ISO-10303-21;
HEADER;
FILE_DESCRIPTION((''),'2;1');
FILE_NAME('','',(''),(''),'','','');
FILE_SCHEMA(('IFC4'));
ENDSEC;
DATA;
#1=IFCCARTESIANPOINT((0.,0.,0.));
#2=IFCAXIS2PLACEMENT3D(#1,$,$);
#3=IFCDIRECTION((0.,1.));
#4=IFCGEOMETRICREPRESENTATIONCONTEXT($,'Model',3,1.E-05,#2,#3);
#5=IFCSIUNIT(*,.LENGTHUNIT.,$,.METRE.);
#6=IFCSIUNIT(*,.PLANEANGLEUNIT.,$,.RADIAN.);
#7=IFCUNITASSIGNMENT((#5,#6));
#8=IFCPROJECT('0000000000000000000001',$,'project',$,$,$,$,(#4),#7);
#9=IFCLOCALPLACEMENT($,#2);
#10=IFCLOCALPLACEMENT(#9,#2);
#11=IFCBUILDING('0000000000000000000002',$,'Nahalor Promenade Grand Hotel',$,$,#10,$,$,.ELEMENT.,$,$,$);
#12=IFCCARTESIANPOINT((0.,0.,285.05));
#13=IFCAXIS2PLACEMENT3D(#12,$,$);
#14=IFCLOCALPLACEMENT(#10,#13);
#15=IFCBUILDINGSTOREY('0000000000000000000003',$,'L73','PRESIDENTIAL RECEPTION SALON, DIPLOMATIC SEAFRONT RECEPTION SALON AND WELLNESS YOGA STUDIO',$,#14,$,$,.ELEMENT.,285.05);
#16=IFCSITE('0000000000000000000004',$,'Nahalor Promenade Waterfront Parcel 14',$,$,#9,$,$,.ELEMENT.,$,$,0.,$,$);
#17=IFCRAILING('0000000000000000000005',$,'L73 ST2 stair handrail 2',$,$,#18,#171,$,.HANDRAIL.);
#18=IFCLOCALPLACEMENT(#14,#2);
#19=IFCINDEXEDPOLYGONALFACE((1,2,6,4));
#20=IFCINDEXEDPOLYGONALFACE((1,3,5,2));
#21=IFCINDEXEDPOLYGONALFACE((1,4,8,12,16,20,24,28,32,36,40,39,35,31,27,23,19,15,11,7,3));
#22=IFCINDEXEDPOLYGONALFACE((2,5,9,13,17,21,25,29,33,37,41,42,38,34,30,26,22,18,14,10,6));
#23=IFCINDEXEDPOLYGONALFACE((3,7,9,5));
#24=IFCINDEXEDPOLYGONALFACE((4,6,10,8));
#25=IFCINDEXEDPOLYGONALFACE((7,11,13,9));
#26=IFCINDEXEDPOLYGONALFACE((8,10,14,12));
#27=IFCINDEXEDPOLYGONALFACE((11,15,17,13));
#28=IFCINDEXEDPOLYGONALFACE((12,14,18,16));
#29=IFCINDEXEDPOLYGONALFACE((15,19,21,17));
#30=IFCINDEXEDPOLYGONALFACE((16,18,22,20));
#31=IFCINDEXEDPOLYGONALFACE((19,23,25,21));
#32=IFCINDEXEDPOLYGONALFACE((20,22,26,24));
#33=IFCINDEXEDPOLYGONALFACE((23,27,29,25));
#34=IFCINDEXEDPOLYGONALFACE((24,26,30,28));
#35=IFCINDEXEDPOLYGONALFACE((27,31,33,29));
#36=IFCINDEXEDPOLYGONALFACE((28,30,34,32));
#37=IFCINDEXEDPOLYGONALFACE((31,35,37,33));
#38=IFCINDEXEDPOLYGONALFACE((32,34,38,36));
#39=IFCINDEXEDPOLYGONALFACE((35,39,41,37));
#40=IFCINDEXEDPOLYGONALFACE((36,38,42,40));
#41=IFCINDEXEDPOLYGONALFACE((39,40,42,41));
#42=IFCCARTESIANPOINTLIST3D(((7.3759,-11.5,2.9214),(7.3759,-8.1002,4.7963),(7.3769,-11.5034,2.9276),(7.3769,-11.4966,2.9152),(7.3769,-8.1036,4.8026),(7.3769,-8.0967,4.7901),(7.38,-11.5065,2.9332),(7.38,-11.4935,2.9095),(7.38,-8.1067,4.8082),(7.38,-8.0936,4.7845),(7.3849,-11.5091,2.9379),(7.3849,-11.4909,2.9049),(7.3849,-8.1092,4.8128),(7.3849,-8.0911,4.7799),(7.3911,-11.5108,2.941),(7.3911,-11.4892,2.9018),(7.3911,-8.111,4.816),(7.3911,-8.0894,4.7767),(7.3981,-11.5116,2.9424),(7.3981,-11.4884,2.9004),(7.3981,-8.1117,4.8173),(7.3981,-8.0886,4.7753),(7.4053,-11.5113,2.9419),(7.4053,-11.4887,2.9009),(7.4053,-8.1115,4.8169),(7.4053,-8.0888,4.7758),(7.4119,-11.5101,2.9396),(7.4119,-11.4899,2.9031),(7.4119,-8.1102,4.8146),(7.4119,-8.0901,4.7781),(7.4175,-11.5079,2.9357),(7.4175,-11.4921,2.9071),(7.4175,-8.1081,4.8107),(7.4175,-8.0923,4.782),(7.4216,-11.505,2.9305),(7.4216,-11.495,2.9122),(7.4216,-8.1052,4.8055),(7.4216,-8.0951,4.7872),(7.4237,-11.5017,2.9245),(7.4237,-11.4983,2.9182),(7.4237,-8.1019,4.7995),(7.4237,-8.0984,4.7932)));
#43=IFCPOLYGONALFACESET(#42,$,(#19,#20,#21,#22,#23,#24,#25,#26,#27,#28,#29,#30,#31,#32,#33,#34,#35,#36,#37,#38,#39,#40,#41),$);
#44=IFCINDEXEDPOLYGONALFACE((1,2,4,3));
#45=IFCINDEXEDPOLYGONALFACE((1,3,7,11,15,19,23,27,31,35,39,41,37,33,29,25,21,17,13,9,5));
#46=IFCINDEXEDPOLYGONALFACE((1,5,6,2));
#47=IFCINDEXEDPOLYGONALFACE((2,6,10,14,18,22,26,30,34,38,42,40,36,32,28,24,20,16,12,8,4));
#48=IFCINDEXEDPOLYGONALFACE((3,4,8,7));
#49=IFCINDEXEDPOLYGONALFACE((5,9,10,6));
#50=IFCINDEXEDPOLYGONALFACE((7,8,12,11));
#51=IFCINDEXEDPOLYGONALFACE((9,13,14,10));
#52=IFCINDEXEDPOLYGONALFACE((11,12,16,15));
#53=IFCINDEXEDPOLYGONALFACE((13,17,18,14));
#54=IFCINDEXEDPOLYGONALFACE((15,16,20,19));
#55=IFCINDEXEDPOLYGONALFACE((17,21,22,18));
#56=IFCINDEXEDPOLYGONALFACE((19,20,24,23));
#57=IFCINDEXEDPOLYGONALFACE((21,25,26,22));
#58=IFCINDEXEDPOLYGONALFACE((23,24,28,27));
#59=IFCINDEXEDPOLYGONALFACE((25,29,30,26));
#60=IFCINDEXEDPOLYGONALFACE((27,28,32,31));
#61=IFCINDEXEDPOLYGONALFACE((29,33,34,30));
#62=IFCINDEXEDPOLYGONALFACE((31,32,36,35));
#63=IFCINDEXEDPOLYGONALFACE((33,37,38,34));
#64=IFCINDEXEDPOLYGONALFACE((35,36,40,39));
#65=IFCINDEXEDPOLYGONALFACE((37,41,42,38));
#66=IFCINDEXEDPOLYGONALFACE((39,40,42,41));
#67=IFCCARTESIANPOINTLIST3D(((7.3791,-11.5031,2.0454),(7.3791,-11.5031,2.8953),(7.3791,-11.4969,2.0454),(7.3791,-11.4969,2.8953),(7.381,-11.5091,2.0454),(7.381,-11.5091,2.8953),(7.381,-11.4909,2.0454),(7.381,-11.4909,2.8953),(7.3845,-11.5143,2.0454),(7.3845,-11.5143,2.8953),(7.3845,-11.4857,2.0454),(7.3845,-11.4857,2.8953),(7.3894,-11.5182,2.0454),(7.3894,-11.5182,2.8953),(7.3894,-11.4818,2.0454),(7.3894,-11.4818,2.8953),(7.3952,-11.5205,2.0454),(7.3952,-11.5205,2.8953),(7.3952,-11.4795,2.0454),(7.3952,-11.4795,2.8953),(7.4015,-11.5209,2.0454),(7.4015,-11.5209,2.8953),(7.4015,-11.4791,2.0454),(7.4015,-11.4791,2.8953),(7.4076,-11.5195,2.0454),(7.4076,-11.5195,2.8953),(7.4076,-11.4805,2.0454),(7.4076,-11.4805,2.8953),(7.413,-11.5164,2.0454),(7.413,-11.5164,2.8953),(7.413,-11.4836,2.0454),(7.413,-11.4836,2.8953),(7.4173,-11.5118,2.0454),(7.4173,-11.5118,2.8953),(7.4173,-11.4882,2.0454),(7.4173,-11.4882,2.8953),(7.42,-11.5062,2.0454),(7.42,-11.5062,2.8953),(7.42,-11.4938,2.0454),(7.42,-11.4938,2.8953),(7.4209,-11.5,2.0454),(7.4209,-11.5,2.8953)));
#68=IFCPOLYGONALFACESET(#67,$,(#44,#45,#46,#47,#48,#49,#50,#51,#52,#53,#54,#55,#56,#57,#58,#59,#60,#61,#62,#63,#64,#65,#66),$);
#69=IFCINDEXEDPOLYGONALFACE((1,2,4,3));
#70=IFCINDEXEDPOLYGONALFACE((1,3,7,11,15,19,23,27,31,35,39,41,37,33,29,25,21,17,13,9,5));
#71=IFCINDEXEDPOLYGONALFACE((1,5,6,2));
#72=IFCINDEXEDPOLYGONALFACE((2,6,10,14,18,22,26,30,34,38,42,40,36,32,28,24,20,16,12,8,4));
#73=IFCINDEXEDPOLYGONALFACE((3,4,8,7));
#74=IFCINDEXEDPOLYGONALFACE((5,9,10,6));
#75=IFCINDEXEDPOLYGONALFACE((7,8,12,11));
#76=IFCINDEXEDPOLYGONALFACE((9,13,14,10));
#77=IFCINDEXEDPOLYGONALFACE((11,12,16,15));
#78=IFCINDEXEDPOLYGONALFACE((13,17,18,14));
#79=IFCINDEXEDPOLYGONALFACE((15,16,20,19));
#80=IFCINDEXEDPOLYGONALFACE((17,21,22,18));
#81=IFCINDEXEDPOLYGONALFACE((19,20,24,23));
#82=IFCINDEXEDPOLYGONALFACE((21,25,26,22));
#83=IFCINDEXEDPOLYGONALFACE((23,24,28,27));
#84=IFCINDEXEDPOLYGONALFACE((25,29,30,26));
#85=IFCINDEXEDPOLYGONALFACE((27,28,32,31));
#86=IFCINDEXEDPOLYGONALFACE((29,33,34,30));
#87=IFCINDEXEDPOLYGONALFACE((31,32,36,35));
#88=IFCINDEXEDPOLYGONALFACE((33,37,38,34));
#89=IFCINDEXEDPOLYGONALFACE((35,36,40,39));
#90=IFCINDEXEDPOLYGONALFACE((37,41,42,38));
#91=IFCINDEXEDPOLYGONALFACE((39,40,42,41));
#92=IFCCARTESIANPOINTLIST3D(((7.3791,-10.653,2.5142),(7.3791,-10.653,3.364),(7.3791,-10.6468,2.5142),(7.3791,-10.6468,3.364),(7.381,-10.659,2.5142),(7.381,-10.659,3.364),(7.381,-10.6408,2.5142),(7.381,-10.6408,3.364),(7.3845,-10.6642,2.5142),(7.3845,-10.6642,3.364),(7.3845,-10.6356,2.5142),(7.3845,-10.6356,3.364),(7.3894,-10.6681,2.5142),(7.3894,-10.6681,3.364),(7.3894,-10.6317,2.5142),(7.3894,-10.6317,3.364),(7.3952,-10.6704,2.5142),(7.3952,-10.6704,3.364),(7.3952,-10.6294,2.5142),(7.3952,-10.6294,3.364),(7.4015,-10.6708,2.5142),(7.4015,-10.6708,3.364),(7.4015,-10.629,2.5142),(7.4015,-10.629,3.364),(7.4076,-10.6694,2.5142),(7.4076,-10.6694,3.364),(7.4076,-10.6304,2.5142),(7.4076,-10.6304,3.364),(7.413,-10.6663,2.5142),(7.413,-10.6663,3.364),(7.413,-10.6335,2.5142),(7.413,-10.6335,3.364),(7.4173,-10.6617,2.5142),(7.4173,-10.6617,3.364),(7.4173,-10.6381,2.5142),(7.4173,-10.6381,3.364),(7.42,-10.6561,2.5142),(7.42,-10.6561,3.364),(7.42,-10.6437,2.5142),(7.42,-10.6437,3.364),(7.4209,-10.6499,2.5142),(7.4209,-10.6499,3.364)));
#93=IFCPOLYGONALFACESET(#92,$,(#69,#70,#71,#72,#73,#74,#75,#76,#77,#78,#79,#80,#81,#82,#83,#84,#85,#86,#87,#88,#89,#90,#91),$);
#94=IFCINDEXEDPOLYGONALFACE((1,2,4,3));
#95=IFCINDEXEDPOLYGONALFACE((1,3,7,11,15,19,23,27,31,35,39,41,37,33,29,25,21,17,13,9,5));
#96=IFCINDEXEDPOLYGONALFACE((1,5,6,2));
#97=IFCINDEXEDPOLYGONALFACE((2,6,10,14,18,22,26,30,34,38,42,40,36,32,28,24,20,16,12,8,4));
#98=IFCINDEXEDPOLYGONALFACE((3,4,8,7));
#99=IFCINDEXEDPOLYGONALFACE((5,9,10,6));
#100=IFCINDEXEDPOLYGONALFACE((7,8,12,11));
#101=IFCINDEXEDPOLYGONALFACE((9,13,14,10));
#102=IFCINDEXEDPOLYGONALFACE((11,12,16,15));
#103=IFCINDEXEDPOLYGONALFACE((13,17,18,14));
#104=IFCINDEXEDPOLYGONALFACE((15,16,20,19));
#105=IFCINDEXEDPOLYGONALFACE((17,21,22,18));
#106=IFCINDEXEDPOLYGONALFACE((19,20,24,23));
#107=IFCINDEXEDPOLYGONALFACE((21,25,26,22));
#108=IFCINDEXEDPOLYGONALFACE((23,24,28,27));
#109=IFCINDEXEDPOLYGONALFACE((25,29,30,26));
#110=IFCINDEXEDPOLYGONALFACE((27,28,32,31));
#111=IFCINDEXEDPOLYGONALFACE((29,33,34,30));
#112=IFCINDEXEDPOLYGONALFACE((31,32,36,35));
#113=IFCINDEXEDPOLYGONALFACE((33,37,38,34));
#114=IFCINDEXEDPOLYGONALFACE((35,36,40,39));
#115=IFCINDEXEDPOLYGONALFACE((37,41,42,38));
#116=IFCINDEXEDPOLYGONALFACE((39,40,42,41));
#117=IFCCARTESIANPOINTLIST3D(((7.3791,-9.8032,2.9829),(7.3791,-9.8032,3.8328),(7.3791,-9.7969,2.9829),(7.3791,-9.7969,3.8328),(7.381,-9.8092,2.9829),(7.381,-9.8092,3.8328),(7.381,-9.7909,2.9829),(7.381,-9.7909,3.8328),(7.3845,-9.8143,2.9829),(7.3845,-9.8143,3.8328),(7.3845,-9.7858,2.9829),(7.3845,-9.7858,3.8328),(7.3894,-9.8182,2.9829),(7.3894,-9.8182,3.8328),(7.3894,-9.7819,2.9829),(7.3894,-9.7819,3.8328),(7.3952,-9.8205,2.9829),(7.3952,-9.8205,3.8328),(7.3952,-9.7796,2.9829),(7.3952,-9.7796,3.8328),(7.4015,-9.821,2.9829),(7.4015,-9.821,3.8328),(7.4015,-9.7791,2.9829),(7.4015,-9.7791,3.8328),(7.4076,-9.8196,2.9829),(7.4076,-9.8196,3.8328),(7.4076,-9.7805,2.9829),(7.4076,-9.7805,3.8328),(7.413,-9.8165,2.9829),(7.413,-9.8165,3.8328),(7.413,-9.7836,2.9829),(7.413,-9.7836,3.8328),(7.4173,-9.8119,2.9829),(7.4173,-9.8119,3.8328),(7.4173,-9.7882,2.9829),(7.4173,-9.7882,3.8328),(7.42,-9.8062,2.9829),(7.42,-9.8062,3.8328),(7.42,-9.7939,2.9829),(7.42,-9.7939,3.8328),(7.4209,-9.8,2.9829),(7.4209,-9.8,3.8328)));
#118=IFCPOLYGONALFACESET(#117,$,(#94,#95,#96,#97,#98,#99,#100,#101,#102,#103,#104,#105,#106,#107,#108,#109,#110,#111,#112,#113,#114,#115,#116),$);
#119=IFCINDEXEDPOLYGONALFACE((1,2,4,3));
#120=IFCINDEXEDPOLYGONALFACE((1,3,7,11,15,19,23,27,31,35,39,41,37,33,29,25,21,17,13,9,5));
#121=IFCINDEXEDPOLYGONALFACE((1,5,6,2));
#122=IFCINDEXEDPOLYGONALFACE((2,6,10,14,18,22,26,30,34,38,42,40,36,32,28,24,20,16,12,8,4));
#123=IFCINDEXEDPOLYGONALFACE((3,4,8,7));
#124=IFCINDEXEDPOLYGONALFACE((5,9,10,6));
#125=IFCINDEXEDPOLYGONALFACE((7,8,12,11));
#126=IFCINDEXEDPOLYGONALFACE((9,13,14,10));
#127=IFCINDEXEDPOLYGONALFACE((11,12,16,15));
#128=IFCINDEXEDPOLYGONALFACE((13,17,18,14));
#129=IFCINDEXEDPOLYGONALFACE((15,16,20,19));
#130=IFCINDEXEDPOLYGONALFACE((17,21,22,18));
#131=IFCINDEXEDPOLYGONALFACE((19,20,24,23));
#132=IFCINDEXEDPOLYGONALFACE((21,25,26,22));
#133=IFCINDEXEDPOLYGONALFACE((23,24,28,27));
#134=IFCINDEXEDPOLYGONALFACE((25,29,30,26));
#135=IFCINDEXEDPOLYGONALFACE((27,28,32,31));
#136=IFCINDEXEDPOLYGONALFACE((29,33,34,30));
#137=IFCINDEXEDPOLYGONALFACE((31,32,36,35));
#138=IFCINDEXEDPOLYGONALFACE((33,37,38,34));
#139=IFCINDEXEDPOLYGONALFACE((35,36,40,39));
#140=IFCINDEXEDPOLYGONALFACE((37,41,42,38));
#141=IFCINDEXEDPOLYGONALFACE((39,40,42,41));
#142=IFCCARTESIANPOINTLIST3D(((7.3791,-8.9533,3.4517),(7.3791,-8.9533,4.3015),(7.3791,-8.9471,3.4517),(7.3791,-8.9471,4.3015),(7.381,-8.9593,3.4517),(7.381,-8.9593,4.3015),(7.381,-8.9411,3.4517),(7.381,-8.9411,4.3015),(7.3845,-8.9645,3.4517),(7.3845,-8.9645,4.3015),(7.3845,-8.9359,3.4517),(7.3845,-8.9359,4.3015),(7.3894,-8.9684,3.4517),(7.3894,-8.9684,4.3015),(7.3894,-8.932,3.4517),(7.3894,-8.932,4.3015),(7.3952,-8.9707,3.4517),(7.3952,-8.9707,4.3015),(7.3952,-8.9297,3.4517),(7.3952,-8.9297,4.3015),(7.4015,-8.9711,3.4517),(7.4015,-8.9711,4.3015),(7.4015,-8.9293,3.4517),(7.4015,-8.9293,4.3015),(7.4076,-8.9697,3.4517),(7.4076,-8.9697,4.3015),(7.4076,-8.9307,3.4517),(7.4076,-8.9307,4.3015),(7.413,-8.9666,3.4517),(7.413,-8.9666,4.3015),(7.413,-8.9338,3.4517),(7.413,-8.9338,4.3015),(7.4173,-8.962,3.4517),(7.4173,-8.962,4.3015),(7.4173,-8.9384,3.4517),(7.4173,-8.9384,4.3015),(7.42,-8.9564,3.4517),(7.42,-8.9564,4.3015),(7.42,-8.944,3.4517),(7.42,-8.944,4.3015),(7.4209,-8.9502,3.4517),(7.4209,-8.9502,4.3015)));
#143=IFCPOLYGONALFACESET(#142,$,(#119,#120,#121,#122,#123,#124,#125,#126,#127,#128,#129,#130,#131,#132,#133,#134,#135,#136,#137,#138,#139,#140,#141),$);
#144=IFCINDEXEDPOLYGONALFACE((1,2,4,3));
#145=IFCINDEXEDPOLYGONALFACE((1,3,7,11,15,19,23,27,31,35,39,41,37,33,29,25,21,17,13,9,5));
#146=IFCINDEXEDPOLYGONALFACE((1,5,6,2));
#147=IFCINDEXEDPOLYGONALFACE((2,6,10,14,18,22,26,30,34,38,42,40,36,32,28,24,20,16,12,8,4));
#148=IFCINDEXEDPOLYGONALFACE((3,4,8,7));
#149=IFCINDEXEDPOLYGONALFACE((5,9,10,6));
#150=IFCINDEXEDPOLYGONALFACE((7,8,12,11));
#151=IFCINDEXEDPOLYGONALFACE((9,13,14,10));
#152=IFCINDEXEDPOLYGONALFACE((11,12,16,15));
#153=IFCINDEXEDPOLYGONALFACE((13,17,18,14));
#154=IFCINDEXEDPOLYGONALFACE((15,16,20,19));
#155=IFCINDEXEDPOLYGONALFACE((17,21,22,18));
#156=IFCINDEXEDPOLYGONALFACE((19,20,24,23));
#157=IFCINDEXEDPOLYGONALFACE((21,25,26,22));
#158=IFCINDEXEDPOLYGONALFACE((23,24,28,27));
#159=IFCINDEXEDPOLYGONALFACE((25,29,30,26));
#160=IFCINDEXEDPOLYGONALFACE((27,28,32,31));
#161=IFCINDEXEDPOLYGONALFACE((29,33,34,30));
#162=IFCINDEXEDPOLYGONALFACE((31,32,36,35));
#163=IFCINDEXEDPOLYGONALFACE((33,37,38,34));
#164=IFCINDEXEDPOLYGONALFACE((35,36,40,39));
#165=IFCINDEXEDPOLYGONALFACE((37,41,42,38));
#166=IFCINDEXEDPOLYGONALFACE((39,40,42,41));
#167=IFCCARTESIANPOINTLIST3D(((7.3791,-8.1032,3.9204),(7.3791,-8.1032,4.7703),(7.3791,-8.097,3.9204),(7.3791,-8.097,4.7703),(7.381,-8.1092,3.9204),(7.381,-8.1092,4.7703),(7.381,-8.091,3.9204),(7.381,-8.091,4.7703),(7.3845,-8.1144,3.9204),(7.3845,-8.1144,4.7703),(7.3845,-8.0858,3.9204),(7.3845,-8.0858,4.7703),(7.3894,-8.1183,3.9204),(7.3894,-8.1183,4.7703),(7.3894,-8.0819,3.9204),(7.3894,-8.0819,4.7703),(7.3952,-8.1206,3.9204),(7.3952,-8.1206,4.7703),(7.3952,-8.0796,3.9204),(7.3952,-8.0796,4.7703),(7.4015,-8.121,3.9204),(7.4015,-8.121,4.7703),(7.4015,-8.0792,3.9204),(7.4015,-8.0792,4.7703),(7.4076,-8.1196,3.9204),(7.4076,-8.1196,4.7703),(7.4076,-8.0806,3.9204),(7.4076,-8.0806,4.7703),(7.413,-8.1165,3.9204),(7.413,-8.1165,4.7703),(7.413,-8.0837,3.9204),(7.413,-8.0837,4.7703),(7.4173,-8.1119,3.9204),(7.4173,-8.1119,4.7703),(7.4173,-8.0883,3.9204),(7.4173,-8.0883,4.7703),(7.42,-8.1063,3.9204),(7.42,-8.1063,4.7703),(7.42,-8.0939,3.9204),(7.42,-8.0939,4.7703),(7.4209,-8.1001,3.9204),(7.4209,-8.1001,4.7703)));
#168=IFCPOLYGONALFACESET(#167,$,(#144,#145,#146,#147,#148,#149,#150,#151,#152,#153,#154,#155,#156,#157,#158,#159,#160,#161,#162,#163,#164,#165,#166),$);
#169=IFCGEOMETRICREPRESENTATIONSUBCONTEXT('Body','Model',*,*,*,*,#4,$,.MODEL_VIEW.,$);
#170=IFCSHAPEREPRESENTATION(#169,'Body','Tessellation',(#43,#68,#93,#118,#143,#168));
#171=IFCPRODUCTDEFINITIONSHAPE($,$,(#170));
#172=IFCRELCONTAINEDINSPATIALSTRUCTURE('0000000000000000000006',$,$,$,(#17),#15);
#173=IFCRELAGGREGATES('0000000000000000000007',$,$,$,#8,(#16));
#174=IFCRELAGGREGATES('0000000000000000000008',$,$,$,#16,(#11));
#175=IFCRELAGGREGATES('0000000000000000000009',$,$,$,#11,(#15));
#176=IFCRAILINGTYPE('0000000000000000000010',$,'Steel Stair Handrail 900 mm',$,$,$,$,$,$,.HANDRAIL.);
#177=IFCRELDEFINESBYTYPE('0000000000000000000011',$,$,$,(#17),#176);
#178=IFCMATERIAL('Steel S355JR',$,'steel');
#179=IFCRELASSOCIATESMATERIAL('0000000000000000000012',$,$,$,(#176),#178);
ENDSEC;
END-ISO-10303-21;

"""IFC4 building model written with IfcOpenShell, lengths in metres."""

from ifc_helpers import new_model, si_unit, direction, frame, origin, origin_2d, place, context, subcontext, project, spatial, circle, extrude, material, type_object, element, save


model = new_model("IFC4")

# Units and contexts
model_context = context("Model", 3, precision=1e-05, world=origin(), true_north=direction((0.0, 1.0)))
body_context = subcontext(model_context, "Body", "Model", "MODEL_VIEW")
ifc_project = project(units=[si_unit("LENGTHUNIT", "METRE"), si_unit("PLANEANGLEUNIT", "RADIAN")], contexts=[model_context])

# Site, building, storey
site_placement = place(None, origin())
site = spatial("IfcSite", under=ifc_project, at=site_placement, Name="Nahalor Promenade Waterfront Parcel 14", CompositionType="ELEMENT", RefElevation=0.0)
building_placement = place(site_placement, origin())
building = spatial("IfcBuilding", under=site, at=building_placement, Name="Nahalor Promenade Grand Hotel", CompositionType="ELEMENT")
storey_placement = place(building_placement, frame((0.0, 0.0, 285.05)))
storey = spatial("IfcBuildingStorey", under=building, at=storey_placement, Name="L73", Description="PRESIDENTIAL RECEPTION SALON, DIPLOMATIC SEAFRONT RECEPTION SALON AND WELLNESS YOGA STUDIO", CompositionType="ELEMENT", Elevation=285.05)

# Shared definitions
ifc_material_1 = material(Name="Steel S355JR", Category="steel")

# Railing
railing_type_1 = type_object("IfcRailingType", Name="Steel Stair Handrail 900 mm", PredefinedType="HANDRAIL", material=ifc_material_1)
railing_1_placement = place(storey_placement, frame((7.3999, -11.5, 2.0454)))
element("IfcRailing", 1, at=railing_1_placement, inside=storey, type_object=railing_type_1, Name="L73 ST2 stair handrail 2", PredefinedType="HANDRAIL", context=body_context, shape_type="SweptSolid", body=[
    extrude(circle(Radius=0.024, at=origin_2d()), frame((0.0, 0.0, 0.876), z_axis=(0.0, 0.875666, 0.482918), x_axis=(-1.0, 0.0, 0.0)), (0.0, 0.0, 1.0), 3.8826),
    extrude(circle(Radius=0.021, at=origin_2d()), origin(), (0.0, 0.0, 1.0), 0.8499),
    extrude(circle(Radius=0.021, at=origin_2d()), frame((0.0, 0.8501, 0.4688)), (0.0, 0.0, 1.0), 0.8499),
    extrude(circle(Radius=0.021, at=origin_2d()), frame((0.0, 1.7, 0.9375)), (0.0, 0.0, 1.0), 0.8499),
    extrude(circle(Radius=0.021, at=origin_2d()), frame((0.0, 2.5498, 1.4062)), (0.0, 0.0, 1.0), 0.8499),
    extrude(circle(Radius=0.021, at=origin_2d()), frame((0.0, 3.3999, 1.875)), (0.0, 0.0, 1.0), 0.8499),
])

save(model, "model.ifc")
